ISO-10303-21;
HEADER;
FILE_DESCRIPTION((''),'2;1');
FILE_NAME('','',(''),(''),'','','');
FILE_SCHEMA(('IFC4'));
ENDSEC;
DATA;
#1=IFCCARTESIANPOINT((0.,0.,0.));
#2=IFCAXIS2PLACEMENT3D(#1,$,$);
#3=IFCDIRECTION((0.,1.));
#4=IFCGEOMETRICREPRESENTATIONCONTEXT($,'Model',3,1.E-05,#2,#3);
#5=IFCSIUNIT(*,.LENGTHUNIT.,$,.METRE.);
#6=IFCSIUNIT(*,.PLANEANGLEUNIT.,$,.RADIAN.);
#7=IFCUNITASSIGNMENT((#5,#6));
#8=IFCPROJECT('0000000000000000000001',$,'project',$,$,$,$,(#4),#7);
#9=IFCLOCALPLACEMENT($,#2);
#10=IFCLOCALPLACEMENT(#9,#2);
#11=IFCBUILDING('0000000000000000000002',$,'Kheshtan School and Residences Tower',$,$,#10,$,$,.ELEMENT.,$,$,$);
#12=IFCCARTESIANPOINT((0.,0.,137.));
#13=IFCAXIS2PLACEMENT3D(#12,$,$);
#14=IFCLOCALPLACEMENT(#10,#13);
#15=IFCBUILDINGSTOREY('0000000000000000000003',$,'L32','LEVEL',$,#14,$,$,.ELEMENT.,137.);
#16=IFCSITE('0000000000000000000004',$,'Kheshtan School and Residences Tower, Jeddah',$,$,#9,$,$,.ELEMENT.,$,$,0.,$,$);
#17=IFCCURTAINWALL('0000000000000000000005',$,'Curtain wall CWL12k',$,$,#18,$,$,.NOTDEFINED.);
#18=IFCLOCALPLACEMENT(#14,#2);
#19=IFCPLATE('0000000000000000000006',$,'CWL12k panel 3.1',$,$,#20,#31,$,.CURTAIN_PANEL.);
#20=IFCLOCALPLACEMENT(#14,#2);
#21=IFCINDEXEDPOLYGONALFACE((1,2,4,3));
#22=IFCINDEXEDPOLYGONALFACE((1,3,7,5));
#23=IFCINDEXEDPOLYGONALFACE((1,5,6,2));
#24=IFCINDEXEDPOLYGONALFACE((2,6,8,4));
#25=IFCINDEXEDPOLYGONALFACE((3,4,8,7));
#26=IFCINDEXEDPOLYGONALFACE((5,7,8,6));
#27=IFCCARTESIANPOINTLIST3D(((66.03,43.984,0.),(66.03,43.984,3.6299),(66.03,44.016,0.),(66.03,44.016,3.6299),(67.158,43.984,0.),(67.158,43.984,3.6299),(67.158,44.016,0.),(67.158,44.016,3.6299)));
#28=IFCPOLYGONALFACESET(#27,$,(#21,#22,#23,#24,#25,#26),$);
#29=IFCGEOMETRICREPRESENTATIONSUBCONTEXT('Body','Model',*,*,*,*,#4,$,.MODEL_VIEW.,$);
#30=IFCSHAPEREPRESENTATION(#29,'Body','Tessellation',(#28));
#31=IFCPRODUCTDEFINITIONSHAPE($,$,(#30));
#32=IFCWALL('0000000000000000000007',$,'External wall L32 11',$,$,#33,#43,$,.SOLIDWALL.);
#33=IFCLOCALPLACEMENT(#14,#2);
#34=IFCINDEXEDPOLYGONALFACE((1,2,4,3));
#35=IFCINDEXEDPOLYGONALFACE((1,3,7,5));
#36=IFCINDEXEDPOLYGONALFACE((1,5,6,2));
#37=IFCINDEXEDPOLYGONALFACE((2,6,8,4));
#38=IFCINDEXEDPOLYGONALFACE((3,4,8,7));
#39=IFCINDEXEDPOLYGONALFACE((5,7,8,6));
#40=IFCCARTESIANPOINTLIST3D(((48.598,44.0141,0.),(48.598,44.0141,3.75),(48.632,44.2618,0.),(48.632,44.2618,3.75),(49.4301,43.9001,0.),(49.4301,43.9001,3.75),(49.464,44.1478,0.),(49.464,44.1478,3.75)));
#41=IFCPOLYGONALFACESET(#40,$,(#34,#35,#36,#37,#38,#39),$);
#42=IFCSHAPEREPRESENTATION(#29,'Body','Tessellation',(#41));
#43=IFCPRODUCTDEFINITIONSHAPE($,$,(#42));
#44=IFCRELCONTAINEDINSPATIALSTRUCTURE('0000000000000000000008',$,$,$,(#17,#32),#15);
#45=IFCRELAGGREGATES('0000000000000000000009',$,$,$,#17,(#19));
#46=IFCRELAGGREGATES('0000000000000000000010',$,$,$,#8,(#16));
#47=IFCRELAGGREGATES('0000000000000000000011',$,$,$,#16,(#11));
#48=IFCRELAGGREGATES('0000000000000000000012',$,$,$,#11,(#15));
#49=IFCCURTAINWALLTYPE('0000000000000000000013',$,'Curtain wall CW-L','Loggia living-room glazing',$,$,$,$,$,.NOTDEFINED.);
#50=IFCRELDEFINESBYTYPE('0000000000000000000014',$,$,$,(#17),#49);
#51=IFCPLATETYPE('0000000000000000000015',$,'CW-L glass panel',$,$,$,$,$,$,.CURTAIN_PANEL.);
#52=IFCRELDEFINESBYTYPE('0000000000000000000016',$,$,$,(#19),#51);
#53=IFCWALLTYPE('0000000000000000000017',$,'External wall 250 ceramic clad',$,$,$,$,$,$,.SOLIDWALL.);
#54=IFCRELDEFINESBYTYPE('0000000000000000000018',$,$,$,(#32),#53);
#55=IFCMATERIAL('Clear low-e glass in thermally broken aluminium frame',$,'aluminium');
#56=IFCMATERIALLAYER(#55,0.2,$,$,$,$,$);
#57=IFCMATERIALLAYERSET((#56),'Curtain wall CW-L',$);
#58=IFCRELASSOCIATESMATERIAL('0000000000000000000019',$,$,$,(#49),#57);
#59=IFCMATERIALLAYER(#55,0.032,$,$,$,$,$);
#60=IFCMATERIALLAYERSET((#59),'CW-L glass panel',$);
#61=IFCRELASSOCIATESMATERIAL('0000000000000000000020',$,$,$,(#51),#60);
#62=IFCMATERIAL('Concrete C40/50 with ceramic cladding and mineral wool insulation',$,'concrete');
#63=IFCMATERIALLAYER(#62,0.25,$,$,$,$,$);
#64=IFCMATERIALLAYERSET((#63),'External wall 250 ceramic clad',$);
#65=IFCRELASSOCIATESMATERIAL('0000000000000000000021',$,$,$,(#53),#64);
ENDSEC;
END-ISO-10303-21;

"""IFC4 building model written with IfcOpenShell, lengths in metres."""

from ifc_helpers import new_model, si_unit, direction, frame, frame_2d, origin, origin_2d, place, context, subcontext, project, spatial, rectangle, extrude, material, layer, layer_set, type_object, element, aggregate, save


model = new_model("IFC4")

# Units and contexts
model_context = context("Model", 3, precision=1e-05, world=origin(), true_north=direction((0.0, 1.0)))
body_context = subcontext(model_context, "Body", "Model", "MODEL_VIEW")
ifc_project = project(units=[si_unit("LENGTHUNIT", "METRE"), si_unit("PLANEANGLEUNIT", "RADIAN")], contexts=[model_context])

# Site, building, storey
site_placement = place(None, origin())
site = spatial("IfcSite", under=ifc_project, at=site_placement, Name="Kheshtan School and Residences Tower, Jeddah", CompositionType="ELEMENT", RefElevation=0.0)
building_placement = place(site_placement, origin())
building = spatial("IfcBuilding", under=site, at=building_placement, Name="Kheshtan School and Residences Tower", CompositionType="ELEMENT")
storey_placement = place(building_placement, frame((0.0, 0.0, 137.0)))
storey = spatial("IfcBuildingStorey", under=building, at=storey_placement, Name="L32", Description="LEVEL", CompositionType="ELEMENT", Elevation=137.0)

# Curtain wall
ifc_material_1 = material(Name="Clear low-e glass in thermally broken aluminium frame", Category="aluminium")
ifc_layer_1 = layer(ifc_material_1, 0.2)
ifc_layer_set_1 = layer_set([ifc_layer_1], Name="Curtain wall CW-L")
curtain_wall_type = type_object("IfcCurtainWallType", Name="Curtain wall CW-L", Description="Loggia living-room glazing", PredefinedType="NOTDEFINED", material=ifc_layer_set_1)
curtain_wall_1_placement = place(storey_placement, origin())
curtain_wall_1 = element("IfcCurtainWall", 1, at=curtain_wall_1_placement, inside=storey, type_object=curtain_wall_type, Name="Curtain wall CWL12k", PredefinedType="NOTDEFINED")

# Plate
ifc_layer_2 = layer(ifc_material_1, 0.032)
ifc_layer_set_2 = layer_set([ifc_layer_2], Name="CW-L glass panel")
plate_type = type_object("IfcPlateType", Name="CW-L glass panel", PredefinedType="CURTAIN_PANEL", material=ifc_layer_set_2)
plate_1_placement = place(storey_placement, frame((66.594, 44.0, 0.0), z_axis=(0.0, 0.0, 1.0), x_axis=(1.0, 0.0, 0.0)))
plate_1 = element("IfcPlate", 2, at=plate_1_placement, type_object=plate_type, Name="CWL12k panel 3.1", PredefinedType="CURTAIN_PANEL", context=body_context, shape_type="SweptSolid", body=[
    extrude(rectangle(XDim=1.1279, YDim=0.032, at=origin_2d()), origin(), (0.0, 0.0, 1.0), 3.6299),
])
aggregate(curtain_wall_1, [plate_1])

# Wall
ifc_material_2 = material(Name="Concrete C40/50 with ceramic cladding and mineral wool insulation", Category="concrete")
ifc_layer_3 = layer(ifc_material_2, 0.25)
ifc_layer_set_3 = layer_set([ifc_layer_3], Name="External wall 250 ceramic clad")
wall_type = type_object("IfcWallType", Name="External wall 250 ceramic clad", PredefinedType="SOLIDWALL", material=ifc_layer_set_3)
wall_placement = place(storey_placement, frame((48.615, 44.1379, 0.0), z_axis=(0.0, 0.0, 1.0), x_axis=(0.990742, -0.135762, 0.0)))
element("IfcWall", 3, at=wall_placement, inside=storey, type_object=wall_type, Name="External wall L32 11", PredefinedType="SOLIDWALL", context=body_context, shape_type="SweptSolid", body=[
    extrude(rectangle(XDim=0.8398, YDim=0.25, at=frame_2d((0.4199, 0.0))), origin(), (0.0, 0.0, 1.0), 3.75),
])

save(model, "model.ifc")
